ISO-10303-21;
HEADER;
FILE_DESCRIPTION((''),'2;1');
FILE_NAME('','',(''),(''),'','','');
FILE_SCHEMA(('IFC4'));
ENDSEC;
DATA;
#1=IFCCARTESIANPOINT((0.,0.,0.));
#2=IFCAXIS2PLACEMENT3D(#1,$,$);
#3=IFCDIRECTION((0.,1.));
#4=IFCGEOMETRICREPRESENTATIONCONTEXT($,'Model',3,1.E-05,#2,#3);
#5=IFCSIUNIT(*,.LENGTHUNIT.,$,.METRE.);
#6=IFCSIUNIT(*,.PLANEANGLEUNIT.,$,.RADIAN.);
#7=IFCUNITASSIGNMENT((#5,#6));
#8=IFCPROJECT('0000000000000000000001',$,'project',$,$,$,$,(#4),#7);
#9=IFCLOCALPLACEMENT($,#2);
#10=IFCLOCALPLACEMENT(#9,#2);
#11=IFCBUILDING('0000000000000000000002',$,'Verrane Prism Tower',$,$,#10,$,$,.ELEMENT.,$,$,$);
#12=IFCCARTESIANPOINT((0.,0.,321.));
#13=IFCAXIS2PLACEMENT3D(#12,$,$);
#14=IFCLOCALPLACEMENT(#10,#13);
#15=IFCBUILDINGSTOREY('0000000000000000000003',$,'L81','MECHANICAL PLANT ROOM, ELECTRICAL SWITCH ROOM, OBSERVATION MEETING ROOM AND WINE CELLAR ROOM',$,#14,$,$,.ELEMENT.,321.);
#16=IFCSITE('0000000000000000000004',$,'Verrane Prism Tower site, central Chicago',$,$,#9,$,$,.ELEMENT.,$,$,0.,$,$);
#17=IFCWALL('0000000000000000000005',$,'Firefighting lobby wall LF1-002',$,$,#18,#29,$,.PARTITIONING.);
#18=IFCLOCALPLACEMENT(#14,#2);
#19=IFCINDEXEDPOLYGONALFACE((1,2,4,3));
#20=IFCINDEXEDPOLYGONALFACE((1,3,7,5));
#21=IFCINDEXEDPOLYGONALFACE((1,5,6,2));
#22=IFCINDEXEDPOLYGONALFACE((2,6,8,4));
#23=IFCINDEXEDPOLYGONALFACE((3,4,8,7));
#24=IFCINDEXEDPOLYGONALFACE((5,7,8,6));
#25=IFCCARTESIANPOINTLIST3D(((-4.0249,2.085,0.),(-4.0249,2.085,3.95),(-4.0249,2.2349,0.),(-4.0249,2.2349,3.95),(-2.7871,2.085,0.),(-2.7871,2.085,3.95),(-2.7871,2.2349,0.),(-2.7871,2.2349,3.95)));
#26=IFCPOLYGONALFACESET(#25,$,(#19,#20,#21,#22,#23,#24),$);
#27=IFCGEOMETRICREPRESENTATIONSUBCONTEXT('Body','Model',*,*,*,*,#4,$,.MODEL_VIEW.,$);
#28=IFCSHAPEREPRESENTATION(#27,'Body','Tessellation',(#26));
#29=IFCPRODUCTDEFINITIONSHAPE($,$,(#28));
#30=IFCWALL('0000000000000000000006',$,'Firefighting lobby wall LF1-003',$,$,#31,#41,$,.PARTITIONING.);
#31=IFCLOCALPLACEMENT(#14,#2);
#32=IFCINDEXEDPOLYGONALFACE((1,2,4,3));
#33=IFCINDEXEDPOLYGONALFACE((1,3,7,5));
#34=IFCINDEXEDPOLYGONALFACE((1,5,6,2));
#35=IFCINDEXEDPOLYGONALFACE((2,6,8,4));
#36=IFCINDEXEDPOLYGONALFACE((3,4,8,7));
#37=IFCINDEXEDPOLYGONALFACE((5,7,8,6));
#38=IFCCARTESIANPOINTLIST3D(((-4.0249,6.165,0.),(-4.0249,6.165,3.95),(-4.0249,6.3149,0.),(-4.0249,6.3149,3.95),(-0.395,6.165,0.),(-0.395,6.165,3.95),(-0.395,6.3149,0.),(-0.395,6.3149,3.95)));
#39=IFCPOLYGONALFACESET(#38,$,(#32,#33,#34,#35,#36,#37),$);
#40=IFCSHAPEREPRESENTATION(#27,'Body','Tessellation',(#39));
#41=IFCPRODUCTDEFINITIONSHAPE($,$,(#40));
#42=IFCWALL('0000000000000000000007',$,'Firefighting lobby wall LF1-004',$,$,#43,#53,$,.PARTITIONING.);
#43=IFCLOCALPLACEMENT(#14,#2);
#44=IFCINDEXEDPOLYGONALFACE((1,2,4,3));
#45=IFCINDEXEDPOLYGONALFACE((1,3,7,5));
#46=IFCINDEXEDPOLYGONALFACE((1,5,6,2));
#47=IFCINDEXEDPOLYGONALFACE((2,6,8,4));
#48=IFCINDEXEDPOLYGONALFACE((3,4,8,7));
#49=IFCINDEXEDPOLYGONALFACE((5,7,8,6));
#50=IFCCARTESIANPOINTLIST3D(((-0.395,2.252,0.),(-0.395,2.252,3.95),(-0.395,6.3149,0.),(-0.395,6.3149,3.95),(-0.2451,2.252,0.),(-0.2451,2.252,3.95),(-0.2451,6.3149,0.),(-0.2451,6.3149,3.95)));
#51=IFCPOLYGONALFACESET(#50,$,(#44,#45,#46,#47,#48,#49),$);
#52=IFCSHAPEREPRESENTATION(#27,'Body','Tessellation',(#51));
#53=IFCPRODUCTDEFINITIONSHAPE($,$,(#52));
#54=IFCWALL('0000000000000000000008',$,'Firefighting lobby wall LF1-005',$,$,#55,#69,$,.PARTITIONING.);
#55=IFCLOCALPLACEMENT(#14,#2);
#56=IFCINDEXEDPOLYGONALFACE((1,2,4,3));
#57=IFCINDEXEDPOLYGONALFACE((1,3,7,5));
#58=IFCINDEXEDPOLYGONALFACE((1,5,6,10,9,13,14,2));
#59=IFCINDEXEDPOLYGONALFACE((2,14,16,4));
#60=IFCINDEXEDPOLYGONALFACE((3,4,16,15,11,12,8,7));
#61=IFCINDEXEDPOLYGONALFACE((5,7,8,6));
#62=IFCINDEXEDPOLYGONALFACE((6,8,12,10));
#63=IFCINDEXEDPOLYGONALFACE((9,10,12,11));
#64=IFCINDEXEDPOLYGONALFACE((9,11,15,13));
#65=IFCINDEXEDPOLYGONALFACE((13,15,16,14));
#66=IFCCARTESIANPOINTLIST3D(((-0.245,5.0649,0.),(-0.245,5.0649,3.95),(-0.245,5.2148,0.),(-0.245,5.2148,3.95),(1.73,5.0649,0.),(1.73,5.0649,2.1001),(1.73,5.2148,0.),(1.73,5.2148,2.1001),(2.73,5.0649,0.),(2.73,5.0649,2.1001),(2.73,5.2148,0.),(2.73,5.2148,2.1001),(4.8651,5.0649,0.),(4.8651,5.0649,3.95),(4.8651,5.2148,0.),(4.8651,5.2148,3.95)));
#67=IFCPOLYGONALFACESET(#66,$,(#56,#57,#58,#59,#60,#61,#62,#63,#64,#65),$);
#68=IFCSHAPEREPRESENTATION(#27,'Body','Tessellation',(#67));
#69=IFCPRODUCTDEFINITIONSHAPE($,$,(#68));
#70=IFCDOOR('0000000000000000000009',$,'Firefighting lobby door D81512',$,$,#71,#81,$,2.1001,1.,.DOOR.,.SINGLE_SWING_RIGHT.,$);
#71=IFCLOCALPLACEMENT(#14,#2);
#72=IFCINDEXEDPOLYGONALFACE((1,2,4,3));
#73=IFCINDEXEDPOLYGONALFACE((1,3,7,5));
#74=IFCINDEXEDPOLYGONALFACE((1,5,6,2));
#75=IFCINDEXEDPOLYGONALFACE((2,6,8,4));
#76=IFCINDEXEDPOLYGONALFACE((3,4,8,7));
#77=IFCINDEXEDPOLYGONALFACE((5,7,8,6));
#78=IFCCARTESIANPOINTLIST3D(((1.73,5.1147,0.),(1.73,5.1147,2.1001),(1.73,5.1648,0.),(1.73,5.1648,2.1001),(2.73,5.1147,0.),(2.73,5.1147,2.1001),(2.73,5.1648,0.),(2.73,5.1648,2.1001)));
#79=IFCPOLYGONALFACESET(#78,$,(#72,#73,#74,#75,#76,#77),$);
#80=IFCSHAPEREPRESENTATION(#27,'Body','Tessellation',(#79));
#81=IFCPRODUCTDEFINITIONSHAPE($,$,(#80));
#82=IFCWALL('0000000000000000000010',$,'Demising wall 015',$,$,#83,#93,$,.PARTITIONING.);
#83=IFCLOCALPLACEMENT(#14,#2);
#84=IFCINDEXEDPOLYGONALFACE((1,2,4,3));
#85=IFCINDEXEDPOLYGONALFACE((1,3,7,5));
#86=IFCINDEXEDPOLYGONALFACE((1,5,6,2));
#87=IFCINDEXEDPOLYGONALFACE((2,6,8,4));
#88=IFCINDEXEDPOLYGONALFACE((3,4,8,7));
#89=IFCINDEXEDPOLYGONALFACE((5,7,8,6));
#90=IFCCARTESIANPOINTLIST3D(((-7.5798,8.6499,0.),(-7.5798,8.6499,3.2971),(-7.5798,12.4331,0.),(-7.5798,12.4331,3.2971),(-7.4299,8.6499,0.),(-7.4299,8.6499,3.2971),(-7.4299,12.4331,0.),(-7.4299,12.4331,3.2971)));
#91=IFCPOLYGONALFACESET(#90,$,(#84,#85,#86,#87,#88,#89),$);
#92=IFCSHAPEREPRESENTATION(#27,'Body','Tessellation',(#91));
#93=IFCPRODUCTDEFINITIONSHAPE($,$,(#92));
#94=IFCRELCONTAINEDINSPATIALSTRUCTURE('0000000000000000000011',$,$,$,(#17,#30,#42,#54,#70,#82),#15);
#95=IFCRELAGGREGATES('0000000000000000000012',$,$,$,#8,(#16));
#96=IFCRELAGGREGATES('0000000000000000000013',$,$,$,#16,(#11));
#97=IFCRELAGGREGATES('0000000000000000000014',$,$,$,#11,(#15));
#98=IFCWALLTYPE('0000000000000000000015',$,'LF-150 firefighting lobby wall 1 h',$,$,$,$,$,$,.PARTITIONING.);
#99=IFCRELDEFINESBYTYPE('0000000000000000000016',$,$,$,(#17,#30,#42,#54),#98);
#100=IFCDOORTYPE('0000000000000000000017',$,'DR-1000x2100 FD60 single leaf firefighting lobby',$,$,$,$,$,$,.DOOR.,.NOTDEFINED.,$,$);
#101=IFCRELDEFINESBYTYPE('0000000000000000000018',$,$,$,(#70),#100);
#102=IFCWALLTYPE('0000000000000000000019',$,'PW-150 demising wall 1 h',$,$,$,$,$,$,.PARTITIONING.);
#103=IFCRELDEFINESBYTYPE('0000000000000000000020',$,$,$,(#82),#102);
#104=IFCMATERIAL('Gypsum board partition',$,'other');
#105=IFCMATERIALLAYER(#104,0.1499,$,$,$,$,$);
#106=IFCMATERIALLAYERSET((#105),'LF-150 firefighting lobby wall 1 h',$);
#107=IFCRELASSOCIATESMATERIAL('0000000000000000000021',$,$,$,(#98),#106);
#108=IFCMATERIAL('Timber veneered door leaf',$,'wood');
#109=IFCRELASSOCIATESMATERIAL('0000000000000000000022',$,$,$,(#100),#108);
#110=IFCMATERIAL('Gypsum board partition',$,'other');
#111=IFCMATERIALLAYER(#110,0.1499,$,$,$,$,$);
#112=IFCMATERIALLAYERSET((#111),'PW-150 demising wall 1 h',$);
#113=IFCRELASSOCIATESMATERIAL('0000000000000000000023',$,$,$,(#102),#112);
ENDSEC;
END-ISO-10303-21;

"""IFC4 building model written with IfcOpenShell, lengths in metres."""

from ifc_helpers import new_model, si_unit, direction, frame, frame_2d, origin, place, context, subcontext, project, spatial, rectangle, extrude, material, layer, layer_set, type_object, element, fill, save


model = new_model("IFC4")

# Units and contexts
model_context = context("Model", 3, precision=1e-05, world=origin(), true_north=direction((0.0, 1.0)))
body_context = subcontext(model_context, "Body", "Model", "MODEL_VIEW")
ifc_project = project(units=[si_unit("LENGTHUNIT", "METRE"), si_unit("PLANEANGLEUNIT", "RADIAN")], contexts=[model_context])

# Site, building, storey
site_placement = place(None, origin())
site = spatial("IfcSite", under=ifc_project, at=site_placement, Name="Verrane Prism Tower site, central Chicago", CompositionType="ELEMENT", RefElevation=0.0)
building_placement = place(site_placement, origin())
building = spatial("IfcBuilding", under=site, at=building_placement, Name="Verrane Prism Tower", CompositionType="ELEMENT")
storey_placement = place(building_placement, frame((0.0, 0.0, 321.0)))
storey = spatial("IfcBuildingStorey", under=building, at=storey_placement, Name="L81", Description="MECHANICAL PLANT ROOM, ELECTRICAL SWITCH ROOM, OBSERVATION MEETING ROOM AND WINE CELLAR ROOM", CompositionType="ELEMENT", Elevation=321.0)

# Shared definitions
ifc_material_1 = material(Name="Gypsum board partition", Category="other")
ifc_layer_1 = layer(ifc_material_1, 0.1499)
ifc_layer_set_1 = layer_set([ifc_layer_1], Name="LF-150 firefighting lobby wall 1 h")
wall_type_1 = type_object("IfcWallType", Name="LF-150 firefighting lobby wall 1 h", PredefinedType="PARTITIONING", material=ifc_layer_set_1)
ifc_material_2 = material(Name="Timber veneered door leaf", Category="wood")
door_type_1 = type_object("IfcDoorType", Name="DR-1000x2100 FD60 single leaf firefighting lobby", OperationType="NOTDEFINED", PredefinedType="DOOR", material=ifc_material_2)

# Walls
wall_1_placement = place(storey_placement, frame((-4.0249, 2.1599, 0.0), z_axis=(0.0, 0.0, 1.0), x_axis=(1.0, 0.0, 0.0)))
element("IfcWall", 1, at=wall_1_placement, inside=storey, type_object=wall_type_1, Name="Firefighting lobby wall LF1-002", PredefinedType="PARTITIONING", context=body_context, shape_type="SweptSolid", body=[
    extrude(rectangle(XDim=1.2378, YDim=0.1499, at=frame_2d((0.6189, 0.0))), origin(), (0.0, 0.0, 1.0), 3.95),
])
wall_2_placement = place(storey_placement, frame((-4.0249, 6.24, 0.0), z_axis=(0.0, 0.0, 1.0), x_axis=(1.0, 0.0, 0.0)))
element("IfcWall", 2, at=wall_2_placement, inside=storey, type_object=wall_type_1, Name="Firefighting lobby wall LF1-003", PredefinedType="PARTITIONING", context=body_context, shape_type="SweptSolid", body=[
    extrude(rectangle(XDim=3.6299, YDim=0.1499, at=frame_2d((1.8149, 0.0))), origin(), (0.0, 0.0, 1.0), 3.95),
])
wall_3_placement = place(storey_placement, frame((-0.3201, 2.252, 0.0), z_axis=(0.0, 0.0, 1.0), x_axis=(0.0, 1.0, 0.0)))
element("IfcWall", 3, at=wall_3_placement, inside=storey, type_object=wall_type_1, Name="Firefighting lobby wall LF1-004", PredefinedType="PARTITIONING", context=body_context, shape_type="SweptSolid", body=[
    extrude(rectangle(XDim=4.063, YDim=0.1499, at=frame_2d((2.0315, 0.0))), origin(), (0.0, 0.0, 1.0), 3.95),
])

# Wall, opening, door
wall_4_placement = place(storey_placement, frame((-0.2451, 5.1399, 0.0), z_axis=(0.0, 0.0, 1.0), x_axis=(1.0, 0.0, 0.0)))
wall_4 = element("IfcWall", 4, at=wall_4_placement, inside=storey, type_object=wall_type_1, Name="Firefighting lobby wall LF1-005", PredefinedType="PARTITIONING", context=body_context, shape_type="SweptSolid", body=[
    extrude(rectangle(XDim=5.1101, YDim=0.1499, at=frame_2d((2.5552, 0.0))), origin(), (0.0, 0.0, 1.0), 3.95),
])
opening_1_placement = place(wall_4_placement, frame((1.9751, 0.0, 0.0)))
opening_1 = element("IfcOpeningElement", 5, at=opening_1_placement, cuts=wall_4, PredefinedType="OPENING", context=body_context, shape_type="SweptSolid", body=[
    extrude(rectangle(XDim=1.0, YDim=2.1001, at=frame_2d((0.5, 1.05))), frame((0.0, 0.085, 0.0), z_axis=(0.0, -1.0, 0.0), x_axis=(1.0, 0.0, 0.0)), (0.0, 0.0, 1.0), 0.1699),
])
door_1_placement = place(opening_1_placement, origin())
door_1 = element("IfcDoor", 6, at=door_1_placement, inside=storey, type_object=door_type_1, Name="Firefighting lobby door D81512", OperationType="SINGLE_SWING_RIGHT", OverallHeight=2.1001, OverallWidth=1.0, PredefinedType="DOOR", context=body_context, shape_type="SweptSolid", body=[
    extrude(rectangle(XDim=1.0, YDim=2.1001, at=frame_2d((0.5, 1.05))), frame((0.0, 0.0249, 0.0), z_axis=(0.0, -1.0, 0.0), x_axis=(1.0, 0.0, 0.0)), (0.0, 0.0, 1.0), 0.05),
])
fill(opening_1, door_1)

# Wall
ifc_material_3 = material(Name="Gypsum board partition", Category="other")
ifc_layer_2 = layer(ifc_material_3, 0.1499)
ifc_layer_set_2 = layer_set([ifc_layer_2], Name="PW-150 demising wall 1 h")
wall_type_2 = type_object("IfcWallType", Name="PW-150 demising wall 1 h", PredefinedType="PARTITIONING", material=ifc_layer_set_2)
wall_5_placement = place(storey_placement, frame((-7.5049, 8.6499, 0.0), z_axis=(0.0, 0.0, 1.0), x_axis=(0.0, 1.0, 0.0)))
element("IfcWall", 7, at=wall_5_placement, inside=storey, type_object=wall_type_2, Name="Demising wall 015", PredefinedType="PARTITIONING", context=body_context, shape_type="SweptSolid", body=[
    extrude(rectangle(XDim=3.7832, YDim=0.1499, at=frame_2d((1.8916, 0.0))), origin(), (0.0, 0.0, 1.0), 3.2971),
])

save(model, "model.ifc")
